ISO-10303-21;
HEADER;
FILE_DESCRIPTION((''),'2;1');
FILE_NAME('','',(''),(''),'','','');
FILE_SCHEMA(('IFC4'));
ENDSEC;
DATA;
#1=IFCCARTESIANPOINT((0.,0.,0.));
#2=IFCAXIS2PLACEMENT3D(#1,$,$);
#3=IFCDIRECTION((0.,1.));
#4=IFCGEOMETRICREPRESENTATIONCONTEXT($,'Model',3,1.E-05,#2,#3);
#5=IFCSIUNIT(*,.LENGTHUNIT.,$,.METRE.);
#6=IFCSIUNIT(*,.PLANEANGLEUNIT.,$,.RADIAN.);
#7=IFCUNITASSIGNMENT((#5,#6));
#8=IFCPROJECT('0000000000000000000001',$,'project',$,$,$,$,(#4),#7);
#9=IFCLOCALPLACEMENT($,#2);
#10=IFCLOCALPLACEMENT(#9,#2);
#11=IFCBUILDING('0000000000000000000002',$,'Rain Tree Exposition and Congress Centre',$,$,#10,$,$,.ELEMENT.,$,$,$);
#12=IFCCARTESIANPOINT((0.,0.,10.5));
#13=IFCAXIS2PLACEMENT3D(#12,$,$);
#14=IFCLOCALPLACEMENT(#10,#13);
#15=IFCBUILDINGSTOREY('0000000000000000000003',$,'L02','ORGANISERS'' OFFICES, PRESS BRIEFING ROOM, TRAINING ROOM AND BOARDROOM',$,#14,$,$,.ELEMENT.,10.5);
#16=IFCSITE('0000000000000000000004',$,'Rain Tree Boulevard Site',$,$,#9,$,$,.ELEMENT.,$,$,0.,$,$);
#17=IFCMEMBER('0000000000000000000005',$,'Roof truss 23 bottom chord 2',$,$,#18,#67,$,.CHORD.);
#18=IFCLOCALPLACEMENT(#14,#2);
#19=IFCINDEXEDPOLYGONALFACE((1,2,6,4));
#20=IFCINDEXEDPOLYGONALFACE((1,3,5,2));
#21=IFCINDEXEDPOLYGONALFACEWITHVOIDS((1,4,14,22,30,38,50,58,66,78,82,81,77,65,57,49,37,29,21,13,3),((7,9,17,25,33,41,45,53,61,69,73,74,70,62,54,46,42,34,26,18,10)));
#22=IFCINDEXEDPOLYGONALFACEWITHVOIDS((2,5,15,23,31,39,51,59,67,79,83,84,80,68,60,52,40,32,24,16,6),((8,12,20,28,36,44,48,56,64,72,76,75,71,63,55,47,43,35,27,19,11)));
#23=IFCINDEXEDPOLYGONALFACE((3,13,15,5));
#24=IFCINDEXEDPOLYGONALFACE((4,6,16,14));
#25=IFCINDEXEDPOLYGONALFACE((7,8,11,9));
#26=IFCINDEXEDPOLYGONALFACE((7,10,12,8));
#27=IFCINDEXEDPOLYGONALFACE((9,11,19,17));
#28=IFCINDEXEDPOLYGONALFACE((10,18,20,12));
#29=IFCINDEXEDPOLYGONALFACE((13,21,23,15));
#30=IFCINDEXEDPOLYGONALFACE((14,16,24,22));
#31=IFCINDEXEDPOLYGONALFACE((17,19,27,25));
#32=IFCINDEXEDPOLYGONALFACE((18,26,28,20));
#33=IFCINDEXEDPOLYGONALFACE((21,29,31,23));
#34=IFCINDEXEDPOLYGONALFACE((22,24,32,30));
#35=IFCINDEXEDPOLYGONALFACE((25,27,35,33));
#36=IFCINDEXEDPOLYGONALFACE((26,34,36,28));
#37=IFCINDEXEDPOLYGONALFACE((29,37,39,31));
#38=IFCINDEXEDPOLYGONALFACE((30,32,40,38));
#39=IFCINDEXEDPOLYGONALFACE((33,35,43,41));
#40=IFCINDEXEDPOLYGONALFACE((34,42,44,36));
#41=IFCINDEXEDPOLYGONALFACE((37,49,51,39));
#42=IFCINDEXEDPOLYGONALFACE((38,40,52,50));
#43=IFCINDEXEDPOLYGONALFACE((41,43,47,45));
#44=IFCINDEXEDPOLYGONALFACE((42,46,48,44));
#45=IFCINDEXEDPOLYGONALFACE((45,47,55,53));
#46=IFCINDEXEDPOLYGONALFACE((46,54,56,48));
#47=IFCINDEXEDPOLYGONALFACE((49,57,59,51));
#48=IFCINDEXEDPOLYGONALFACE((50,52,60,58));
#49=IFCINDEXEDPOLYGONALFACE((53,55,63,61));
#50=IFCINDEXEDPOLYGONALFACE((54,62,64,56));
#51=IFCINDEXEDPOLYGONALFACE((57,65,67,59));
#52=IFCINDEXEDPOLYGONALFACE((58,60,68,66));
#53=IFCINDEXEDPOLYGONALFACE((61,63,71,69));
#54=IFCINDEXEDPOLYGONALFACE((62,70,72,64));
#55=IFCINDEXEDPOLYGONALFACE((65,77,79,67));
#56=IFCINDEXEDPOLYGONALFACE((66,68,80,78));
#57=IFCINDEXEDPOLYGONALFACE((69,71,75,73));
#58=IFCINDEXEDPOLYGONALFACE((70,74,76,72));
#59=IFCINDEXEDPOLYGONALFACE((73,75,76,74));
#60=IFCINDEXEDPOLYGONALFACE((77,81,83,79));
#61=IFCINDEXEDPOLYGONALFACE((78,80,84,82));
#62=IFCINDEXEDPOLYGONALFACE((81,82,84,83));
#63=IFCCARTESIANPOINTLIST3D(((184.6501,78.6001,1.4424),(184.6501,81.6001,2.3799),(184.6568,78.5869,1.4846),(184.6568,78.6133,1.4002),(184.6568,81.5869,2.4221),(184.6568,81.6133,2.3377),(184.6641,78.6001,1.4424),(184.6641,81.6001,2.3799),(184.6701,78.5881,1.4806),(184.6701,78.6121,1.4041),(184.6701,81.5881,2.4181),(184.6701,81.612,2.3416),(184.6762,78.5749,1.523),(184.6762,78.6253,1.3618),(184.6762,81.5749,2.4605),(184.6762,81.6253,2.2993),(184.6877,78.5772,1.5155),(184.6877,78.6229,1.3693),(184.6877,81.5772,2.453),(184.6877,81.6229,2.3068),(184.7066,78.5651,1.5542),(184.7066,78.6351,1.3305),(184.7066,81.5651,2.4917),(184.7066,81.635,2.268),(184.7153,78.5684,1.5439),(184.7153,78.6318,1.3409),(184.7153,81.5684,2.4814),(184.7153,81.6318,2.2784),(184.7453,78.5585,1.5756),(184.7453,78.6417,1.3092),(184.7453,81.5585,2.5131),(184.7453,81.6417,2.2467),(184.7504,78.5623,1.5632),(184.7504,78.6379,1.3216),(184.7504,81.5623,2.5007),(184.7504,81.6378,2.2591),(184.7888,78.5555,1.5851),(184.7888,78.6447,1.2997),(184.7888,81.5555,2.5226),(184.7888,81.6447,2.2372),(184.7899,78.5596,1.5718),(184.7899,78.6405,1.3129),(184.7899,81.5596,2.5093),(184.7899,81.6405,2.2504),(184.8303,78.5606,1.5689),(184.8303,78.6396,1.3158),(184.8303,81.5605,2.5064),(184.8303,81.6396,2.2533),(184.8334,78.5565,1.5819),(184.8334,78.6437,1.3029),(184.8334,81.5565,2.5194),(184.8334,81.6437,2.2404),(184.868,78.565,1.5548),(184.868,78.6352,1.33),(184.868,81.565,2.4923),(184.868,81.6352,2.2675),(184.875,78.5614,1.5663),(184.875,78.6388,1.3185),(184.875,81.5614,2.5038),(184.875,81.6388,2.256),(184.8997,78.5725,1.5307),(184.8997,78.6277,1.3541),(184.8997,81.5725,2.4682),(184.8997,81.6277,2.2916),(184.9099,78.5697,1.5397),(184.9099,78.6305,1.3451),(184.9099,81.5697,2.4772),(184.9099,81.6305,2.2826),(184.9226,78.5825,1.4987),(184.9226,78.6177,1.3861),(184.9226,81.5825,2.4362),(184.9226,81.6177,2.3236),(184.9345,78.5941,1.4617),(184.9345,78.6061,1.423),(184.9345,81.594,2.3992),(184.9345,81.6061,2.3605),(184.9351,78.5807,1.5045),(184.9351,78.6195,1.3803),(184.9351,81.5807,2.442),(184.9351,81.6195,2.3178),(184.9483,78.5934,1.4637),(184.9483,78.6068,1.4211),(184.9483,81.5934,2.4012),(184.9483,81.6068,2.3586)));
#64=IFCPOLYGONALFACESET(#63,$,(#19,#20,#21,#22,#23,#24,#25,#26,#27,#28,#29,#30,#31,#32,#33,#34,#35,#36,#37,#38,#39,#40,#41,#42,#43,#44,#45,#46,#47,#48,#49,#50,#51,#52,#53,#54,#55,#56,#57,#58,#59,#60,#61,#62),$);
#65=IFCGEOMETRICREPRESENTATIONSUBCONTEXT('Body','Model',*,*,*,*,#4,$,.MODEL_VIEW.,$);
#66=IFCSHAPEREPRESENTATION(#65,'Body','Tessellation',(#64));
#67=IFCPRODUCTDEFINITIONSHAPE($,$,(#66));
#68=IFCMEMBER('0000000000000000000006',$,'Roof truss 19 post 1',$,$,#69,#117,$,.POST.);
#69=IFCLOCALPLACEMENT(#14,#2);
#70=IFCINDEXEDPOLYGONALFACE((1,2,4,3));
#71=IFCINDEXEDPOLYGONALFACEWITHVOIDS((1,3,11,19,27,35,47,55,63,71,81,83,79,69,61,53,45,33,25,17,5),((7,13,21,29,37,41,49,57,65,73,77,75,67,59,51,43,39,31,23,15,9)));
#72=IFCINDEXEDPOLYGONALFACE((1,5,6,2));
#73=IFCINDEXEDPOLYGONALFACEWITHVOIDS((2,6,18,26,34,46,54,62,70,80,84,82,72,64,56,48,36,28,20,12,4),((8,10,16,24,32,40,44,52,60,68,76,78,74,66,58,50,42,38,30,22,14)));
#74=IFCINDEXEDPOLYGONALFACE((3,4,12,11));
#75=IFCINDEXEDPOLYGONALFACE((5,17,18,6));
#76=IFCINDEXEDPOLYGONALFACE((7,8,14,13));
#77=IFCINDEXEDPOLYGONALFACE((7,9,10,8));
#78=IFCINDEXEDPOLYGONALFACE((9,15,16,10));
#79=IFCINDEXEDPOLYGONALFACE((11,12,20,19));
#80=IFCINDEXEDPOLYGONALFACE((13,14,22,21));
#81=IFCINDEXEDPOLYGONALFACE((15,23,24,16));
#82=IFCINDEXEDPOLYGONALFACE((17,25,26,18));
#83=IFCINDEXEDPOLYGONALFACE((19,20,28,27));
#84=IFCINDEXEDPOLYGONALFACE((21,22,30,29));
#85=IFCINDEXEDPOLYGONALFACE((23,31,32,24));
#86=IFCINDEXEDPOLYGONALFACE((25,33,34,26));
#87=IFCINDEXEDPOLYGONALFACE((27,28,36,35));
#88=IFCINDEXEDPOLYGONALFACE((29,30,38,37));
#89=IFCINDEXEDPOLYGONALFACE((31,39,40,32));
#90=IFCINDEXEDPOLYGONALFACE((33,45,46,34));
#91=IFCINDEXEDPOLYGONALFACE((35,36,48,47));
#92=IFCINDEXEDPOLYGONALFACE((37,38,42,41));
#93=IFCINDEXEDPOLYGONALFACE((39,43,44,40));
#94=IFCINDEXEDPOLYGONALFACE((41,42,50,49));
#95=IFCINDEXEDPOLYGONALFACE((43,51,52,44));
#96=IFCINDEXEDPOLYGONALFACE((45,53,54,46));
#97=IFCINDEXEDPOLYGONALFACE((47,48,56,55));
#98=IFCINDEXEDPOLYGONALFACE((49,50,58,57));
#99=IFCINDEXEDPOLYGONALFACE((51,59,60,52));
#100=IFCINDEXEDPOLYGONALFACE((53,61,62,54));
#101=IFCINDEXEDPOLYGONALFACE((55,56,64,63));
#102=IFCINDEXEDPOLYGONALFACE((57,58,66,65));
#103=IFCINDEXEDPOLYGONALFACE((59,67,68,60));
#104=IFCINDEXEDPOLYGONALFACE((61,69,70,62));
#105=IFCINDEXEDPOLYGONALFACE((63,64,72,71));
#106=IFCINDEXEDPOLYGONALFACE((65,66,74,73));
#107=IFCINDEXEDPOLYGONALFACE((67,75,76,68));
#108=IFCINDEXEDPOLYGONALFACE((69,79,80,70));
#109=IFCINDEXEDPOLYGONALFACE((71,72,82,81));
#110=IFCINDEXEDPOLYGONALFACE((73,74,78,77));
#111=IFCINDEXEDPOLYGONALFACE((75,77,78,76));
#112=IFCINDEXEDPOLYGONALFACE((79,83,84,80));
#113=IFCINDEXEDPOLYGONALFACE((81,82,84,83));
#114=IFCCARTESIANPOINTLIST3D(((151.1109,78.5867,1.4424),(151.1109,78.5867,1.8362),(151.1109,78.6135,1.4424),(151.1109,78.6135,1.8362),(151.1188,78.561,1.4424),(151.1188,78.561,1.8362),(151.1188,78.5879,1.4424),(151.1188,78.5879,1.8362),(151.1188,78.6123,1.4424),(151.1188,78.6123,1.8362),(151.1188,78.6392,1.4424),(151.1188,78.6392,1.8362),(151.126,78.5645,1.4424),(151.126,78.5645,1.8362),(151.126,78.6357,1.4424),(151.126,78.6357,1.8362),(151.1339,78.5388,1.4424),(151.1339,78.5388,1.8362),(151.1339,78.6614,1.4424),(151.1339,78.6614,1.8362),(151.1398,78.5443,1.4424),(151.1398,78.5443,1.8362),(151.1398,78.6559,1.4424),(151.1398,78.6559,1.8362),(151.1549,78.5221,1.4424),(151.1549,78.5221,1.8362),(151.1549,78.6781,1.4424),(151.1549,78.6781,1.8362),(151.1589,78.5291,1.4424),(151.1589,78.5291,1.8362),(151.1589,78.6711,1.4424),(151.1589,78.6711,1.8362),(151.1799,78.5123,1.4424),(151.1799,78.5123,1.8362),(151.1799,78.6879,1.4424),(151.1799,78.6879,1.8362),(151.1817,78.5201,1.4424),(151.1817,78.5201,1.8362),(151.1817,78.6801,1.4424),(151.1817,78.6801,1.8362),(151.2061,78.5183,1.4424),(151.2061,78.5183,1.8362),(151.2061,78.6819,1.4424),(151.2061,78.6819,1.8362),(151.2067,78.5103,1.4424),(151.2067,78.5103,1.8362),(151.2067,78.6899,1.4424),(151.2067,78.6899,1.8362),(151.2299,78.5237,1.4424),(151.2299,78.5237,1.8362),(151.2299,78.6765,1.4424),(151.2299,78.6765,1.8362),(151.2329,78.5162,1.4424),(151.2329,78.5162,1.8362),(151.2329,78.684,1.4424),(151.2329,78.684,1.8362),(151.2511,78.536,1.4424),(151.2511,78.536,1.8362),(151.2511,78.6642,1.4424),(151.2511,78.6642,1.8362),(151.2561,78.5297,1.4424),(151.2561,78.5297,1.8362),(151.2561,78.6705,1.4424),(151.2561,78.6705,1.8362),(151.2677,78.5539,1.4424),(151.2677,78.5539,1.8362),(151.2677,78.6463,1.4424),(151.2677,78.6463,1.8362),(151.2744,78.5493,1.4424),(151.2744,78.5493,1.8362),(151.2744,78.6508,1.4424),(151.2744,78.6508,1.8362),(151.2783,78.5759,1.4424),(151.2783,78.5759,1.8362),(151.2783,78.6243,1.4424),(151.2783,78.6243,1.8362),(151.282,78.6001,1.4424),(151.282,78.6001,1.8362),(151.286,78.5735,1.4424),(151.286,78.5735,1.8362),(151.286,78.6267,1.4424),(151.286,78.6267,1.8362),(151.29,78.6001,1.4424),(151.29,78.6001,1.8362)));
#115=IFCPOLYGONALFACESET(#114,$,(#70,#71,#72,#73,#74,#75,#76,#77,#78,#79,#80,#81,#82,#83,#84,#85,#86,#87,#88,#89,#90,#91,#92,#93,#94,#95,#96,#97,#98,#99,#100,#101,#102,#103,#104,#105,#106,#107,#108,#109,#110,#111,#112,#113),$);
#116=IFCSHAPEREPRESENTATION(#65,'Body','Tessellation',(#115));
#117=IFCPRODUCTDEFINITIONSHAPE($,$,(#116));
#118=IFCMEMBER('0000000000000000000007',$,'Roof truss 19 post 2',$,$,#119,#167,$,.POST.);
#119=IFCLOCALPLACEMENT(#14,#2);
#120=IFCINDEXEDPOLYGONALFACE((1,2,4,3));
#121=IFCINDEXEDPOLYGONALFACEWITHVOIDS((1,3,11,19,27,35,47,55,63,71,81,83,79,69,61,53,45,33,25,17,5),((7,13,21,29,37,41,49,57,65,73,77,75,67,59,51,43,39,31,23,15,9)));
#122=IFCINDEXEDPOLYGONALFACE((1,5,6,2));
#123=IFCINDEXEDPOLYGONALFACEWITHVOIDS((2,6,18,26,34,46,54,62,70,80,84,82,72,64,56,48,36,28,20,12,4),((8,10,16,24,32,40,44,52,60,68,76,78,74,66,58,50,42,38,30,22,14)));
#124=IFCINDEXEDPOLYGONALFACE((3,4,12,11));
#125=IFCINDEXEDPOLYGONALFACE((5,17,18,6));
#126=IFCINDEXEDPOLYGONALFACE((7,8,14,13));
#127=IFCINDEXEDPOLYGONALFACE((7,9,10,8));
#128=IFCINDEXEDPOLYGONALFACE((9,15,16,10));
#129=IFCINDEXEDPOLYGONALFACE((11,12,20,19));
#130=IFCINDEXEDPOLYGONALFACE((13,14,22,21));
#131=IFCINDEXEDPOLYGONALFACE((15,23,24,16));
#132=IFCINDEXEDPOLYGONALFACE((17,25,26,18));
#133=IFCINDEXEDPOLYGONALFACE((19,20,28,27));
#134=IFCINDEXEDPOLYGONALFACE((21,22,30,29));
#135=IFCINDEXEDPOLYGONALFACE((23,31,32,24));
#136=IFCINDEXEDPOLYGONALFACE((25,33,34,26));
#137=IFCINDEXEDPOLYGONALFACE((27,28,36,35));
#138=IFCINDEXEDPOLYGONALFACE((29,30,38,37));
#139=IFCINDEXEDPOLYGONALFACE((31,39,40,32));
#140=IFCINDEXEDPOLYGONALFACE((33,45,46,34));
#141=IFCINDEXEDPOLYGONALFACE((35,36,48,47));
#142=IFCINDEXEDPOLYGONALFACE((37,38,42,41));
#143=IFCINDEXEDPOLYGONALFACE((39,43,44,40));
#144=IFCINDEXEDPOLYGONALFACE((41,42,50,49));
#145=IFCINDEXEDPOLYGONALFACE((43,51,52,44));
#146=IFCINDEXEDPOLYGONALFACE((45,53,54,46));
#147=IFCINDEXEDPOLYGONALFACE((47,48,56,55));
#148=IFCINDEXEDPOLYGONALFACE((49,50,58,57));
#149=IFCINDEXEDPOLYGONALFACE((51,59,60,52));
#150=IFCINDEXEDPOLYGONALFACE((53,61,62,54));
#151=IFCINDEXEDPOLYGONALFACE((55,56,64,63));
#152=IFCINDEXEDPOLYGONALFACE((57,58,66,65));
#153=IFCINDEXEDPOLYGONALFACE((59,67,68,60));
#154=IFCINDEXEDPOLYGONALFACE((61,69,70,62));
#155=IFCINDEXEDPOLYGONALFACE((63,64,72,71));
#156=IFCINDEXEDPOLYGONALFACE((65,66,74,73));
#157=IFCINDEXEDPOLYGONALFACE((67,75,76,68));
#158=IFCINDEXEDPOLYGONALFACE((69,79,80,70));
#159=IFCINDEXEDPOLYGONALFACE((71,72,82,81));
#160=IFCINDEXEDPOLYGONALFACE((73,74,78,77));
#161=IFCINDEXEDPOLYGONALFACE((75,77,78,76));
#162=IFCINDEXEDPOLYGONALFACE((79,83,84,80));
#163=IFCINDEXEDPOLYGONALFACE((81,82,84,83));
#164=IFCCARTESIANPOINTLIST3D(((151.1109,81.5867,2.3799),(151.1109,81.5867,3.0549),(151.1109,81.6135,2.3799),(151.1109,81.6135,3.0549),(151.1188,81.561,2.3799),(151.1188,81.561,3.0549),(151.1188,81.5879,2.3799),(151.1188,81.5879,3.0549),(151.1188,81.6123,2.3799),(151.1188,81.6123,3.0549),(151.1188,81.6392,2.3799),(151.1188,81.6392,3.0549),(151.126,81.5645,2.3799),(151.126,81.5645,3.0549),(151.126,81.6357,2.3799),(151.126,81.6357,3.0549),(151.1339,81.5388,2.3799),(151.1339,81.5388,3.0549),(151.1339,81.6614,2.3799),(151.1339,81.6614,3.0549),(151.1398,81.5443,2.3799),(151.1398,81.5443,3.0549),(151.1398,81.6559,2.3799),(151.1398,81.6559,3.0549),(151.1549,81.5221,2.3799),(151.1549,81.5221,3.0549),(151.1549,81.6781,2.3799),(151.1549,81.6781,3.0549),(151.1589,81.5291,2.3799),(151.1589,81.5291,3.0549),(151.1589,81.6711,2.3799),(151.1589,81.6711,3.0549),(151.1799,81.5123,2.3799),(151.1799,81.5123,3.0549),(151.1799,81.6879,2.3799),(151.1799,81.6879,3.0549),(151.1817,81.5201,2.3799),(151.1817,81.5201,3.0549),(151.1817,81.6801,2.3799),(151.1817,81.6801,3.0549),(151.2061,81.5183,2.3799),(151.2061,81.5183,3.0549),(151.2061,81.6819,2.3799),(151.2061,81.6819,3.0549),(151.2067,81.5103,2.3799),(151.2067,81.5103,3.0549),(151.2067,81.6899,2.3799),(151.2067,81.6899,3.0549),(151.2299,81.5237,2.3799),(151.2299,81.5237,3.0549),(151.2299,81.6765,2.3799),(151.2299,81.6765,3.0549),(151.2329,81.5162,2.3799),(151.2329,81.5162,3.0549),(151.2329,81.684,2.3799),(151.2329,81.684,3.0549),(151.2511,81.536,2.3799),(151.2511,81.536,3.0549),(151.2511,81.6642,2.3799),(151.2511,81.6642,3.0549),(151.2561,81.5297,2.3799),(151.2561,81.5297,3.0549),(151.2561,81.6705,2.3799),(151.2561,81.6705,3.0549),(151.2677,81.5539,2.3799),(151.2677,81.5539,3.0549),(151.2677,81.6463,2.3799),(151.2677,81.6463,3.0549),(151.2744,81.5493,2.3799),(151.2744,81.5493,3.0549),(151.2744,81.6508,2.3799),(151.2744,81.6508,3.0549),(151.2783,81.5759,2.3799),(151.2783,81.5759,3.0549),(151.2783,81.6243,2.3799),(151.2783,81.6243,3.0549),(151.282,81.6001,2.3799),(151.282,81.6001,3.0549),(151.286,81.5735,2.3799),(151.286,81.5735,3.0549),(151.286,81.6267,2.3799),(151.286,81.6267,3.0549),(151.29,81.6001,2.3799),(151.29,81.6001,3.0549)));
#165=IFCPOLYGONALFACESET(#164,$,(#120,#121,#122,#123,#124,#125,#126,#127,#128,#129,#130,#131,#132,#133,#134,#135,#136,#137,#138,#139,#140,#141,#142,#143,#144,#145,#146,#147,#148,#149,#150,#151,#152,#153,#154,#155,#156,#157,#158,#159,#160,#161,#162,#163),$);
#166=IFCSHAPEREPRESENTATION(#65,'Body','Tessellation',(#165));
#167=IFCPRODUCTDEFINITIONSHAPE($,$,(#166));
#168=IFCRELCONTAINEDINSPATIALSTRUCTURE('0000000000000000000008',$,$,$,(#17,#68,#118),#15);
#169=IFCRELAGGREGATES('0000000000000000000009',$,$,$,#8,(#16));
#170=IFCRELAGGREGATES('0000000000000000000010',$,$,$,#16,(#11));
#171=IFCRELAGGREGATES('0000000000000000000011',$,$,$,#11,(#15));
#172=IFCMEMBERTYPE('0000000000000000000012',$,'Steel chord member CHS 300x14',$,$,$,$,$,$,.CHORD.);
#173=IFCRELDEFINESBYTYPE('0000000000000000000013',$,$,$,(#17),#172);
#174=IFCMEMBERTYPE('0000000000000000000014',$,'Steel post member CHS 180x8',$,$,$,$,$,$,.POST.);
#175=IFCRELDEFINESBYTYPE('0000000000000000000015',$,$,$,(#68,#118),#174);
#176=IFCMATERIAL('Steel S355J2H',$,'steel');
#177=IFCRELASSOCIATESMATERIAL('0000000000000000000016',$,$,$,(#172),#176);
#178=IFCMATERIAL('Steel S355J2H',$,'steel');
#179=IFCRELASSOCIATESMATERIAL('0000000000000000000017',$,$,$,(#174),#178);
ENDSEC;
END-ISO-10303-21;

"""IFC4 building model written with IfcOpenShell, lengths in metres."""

from ifc_helpers import new_model, si_unit, direction, frame, origin, origin_2d, place, context, subcontext, project, spatial, hollow_circle, extrude, material, material_profile, profile_set, type_object, element, save


model = new_model("IFC4")

# Units and contexts
model_context = context("Model", 3, precision=1e-05, world=origin(), true_north=direction((0.0, 1.0)))
body_context = subcontext(model_context, "Body", "Model", "MODEL_VIEW")
ifc_project = project(units=[si_unit("LENGTHUNIT", "METRE"), si_unit("PLANEANGLEUNIT", "RADIAN")], contexts=[model_context])

# Site, building, storey
site_placement = place(None, origin())
site = spatial("IfcSite", under=ifc_project, at=site_placement, Name="Rain Tree Boulevard Site", CompositionType="ELEMENT", RefElevation=0.0)
building_placement = place(site_placement, origin())
building = spatial("IfcBuilding", under=site, at=building_placement, Name="Rain Tree Exposition and Congress Centre", CompositionType="ELEMENT")
storey_placement = place(building_placement, frame((0.0, 0.0, 10.5)))
storey = spatial("IfcBuildingStorey", under=building, at=storey_placement, Name="L02", Description="ORGANISERS' OFFICES, PRESS BRIEFING ROOM, TRAINING ROOM AND BOARDROOM", CompositionType="ELEMENT", Elevation=10.5)

# Members
ifc_material_1 = material(Name="Steel S355J2H", Category="steel")
ifc_material_profile_1 = material_profile(ifc_material_1, hollow_circle(Radius=0.1499, WallThickness=0.0139, at=origin_2d()), Name="CHS 300x14")
ifc_profile_set_1 = profile_set([ifc_material_profile_1], Name="Steel S355J2H")
member_type_1 = type_object("IfcMemberType", Name="Steel chord member CHS 300x14", PredefinedType="CHORD", material=ifc_profile_set_1)
member_1_placement = place(storey_placement, frame((184.8, 78.6001, 1.4424), z_axis=(0.0, 0.95448, 0.298275), x_axis=(-1.0, 0.0, 0.0)))
element("IfcMember", 1, at=member_1_placement, inside=storey, type_object=member_type_1, Name="Roof truss 23 bottom chord 2", PredefinedType="CHORD", context=body_context, shape_type="SweptSolid", body=[
    extrude(hollow_circle(Radius=0.1499, WallThickness=0.0139, at=origin_2d()), origin(), (0.0, 0.0, 1.0), 3.1431),
])
ifc_material_2 = material(Name="Steel S355J2H", Category="steel")
ifc_material_profile_2 = material_profile(ifc_material_2, hollow_circle(Radius=0.0901, WallThickness=0.0081, at=origin_2d()), Name="CHS 180x8")
ifc_profile_set_2 = profile_set([ifc_material_profile_2], Name="Steel S355J2H")
member_type_2 = type_object("IfcMemberType", Name="Steel post member CHS 180x8", PredefinedType="POST", material=ifc_profile_set_2)
member_2_placement = place(storey_placement, frame((151.2, 78.6001, 1.4424), z_axis=(0.0, 0.0, 1.0), x_axis=(1.0, 0.0, 0.0)))
element("IfcMember", 2, at=member_2_placement, inside=storey, type_object=member_type_2, Name="Roof truss 19 post 1", PredefinedType="POST", context=body_context, shape_type="SweptSolid", body=[
    extrude(hollow_circle(Radius=0.0901, WallThickness=0.0081, at=origin_2d()), origin(), (0.0, 0.0, 1.0), 0.3938),
])
member_3_placement = place(storey_placement, frame((151.2, 81.6001, 2.3799), z_axis=(0.0, 0.0, 1.0), x_axis=(1.0, 0.0, 0.0)))
element("IfcMember", 3, at=member_3_placement, inside=storey, type_object=member_type_2, Name="Roof truss 19 post 2", PredefinedType="POST", context=body_context, shape_type="SweptSolid", body=[
    extrude(hollow_circle(Radius=0.0901, WallThickness=0.0081, at=origin_2d()), origin(), (0.0, 0.0, 1.0), 0.675),
])

save(model, "model.ifc")
